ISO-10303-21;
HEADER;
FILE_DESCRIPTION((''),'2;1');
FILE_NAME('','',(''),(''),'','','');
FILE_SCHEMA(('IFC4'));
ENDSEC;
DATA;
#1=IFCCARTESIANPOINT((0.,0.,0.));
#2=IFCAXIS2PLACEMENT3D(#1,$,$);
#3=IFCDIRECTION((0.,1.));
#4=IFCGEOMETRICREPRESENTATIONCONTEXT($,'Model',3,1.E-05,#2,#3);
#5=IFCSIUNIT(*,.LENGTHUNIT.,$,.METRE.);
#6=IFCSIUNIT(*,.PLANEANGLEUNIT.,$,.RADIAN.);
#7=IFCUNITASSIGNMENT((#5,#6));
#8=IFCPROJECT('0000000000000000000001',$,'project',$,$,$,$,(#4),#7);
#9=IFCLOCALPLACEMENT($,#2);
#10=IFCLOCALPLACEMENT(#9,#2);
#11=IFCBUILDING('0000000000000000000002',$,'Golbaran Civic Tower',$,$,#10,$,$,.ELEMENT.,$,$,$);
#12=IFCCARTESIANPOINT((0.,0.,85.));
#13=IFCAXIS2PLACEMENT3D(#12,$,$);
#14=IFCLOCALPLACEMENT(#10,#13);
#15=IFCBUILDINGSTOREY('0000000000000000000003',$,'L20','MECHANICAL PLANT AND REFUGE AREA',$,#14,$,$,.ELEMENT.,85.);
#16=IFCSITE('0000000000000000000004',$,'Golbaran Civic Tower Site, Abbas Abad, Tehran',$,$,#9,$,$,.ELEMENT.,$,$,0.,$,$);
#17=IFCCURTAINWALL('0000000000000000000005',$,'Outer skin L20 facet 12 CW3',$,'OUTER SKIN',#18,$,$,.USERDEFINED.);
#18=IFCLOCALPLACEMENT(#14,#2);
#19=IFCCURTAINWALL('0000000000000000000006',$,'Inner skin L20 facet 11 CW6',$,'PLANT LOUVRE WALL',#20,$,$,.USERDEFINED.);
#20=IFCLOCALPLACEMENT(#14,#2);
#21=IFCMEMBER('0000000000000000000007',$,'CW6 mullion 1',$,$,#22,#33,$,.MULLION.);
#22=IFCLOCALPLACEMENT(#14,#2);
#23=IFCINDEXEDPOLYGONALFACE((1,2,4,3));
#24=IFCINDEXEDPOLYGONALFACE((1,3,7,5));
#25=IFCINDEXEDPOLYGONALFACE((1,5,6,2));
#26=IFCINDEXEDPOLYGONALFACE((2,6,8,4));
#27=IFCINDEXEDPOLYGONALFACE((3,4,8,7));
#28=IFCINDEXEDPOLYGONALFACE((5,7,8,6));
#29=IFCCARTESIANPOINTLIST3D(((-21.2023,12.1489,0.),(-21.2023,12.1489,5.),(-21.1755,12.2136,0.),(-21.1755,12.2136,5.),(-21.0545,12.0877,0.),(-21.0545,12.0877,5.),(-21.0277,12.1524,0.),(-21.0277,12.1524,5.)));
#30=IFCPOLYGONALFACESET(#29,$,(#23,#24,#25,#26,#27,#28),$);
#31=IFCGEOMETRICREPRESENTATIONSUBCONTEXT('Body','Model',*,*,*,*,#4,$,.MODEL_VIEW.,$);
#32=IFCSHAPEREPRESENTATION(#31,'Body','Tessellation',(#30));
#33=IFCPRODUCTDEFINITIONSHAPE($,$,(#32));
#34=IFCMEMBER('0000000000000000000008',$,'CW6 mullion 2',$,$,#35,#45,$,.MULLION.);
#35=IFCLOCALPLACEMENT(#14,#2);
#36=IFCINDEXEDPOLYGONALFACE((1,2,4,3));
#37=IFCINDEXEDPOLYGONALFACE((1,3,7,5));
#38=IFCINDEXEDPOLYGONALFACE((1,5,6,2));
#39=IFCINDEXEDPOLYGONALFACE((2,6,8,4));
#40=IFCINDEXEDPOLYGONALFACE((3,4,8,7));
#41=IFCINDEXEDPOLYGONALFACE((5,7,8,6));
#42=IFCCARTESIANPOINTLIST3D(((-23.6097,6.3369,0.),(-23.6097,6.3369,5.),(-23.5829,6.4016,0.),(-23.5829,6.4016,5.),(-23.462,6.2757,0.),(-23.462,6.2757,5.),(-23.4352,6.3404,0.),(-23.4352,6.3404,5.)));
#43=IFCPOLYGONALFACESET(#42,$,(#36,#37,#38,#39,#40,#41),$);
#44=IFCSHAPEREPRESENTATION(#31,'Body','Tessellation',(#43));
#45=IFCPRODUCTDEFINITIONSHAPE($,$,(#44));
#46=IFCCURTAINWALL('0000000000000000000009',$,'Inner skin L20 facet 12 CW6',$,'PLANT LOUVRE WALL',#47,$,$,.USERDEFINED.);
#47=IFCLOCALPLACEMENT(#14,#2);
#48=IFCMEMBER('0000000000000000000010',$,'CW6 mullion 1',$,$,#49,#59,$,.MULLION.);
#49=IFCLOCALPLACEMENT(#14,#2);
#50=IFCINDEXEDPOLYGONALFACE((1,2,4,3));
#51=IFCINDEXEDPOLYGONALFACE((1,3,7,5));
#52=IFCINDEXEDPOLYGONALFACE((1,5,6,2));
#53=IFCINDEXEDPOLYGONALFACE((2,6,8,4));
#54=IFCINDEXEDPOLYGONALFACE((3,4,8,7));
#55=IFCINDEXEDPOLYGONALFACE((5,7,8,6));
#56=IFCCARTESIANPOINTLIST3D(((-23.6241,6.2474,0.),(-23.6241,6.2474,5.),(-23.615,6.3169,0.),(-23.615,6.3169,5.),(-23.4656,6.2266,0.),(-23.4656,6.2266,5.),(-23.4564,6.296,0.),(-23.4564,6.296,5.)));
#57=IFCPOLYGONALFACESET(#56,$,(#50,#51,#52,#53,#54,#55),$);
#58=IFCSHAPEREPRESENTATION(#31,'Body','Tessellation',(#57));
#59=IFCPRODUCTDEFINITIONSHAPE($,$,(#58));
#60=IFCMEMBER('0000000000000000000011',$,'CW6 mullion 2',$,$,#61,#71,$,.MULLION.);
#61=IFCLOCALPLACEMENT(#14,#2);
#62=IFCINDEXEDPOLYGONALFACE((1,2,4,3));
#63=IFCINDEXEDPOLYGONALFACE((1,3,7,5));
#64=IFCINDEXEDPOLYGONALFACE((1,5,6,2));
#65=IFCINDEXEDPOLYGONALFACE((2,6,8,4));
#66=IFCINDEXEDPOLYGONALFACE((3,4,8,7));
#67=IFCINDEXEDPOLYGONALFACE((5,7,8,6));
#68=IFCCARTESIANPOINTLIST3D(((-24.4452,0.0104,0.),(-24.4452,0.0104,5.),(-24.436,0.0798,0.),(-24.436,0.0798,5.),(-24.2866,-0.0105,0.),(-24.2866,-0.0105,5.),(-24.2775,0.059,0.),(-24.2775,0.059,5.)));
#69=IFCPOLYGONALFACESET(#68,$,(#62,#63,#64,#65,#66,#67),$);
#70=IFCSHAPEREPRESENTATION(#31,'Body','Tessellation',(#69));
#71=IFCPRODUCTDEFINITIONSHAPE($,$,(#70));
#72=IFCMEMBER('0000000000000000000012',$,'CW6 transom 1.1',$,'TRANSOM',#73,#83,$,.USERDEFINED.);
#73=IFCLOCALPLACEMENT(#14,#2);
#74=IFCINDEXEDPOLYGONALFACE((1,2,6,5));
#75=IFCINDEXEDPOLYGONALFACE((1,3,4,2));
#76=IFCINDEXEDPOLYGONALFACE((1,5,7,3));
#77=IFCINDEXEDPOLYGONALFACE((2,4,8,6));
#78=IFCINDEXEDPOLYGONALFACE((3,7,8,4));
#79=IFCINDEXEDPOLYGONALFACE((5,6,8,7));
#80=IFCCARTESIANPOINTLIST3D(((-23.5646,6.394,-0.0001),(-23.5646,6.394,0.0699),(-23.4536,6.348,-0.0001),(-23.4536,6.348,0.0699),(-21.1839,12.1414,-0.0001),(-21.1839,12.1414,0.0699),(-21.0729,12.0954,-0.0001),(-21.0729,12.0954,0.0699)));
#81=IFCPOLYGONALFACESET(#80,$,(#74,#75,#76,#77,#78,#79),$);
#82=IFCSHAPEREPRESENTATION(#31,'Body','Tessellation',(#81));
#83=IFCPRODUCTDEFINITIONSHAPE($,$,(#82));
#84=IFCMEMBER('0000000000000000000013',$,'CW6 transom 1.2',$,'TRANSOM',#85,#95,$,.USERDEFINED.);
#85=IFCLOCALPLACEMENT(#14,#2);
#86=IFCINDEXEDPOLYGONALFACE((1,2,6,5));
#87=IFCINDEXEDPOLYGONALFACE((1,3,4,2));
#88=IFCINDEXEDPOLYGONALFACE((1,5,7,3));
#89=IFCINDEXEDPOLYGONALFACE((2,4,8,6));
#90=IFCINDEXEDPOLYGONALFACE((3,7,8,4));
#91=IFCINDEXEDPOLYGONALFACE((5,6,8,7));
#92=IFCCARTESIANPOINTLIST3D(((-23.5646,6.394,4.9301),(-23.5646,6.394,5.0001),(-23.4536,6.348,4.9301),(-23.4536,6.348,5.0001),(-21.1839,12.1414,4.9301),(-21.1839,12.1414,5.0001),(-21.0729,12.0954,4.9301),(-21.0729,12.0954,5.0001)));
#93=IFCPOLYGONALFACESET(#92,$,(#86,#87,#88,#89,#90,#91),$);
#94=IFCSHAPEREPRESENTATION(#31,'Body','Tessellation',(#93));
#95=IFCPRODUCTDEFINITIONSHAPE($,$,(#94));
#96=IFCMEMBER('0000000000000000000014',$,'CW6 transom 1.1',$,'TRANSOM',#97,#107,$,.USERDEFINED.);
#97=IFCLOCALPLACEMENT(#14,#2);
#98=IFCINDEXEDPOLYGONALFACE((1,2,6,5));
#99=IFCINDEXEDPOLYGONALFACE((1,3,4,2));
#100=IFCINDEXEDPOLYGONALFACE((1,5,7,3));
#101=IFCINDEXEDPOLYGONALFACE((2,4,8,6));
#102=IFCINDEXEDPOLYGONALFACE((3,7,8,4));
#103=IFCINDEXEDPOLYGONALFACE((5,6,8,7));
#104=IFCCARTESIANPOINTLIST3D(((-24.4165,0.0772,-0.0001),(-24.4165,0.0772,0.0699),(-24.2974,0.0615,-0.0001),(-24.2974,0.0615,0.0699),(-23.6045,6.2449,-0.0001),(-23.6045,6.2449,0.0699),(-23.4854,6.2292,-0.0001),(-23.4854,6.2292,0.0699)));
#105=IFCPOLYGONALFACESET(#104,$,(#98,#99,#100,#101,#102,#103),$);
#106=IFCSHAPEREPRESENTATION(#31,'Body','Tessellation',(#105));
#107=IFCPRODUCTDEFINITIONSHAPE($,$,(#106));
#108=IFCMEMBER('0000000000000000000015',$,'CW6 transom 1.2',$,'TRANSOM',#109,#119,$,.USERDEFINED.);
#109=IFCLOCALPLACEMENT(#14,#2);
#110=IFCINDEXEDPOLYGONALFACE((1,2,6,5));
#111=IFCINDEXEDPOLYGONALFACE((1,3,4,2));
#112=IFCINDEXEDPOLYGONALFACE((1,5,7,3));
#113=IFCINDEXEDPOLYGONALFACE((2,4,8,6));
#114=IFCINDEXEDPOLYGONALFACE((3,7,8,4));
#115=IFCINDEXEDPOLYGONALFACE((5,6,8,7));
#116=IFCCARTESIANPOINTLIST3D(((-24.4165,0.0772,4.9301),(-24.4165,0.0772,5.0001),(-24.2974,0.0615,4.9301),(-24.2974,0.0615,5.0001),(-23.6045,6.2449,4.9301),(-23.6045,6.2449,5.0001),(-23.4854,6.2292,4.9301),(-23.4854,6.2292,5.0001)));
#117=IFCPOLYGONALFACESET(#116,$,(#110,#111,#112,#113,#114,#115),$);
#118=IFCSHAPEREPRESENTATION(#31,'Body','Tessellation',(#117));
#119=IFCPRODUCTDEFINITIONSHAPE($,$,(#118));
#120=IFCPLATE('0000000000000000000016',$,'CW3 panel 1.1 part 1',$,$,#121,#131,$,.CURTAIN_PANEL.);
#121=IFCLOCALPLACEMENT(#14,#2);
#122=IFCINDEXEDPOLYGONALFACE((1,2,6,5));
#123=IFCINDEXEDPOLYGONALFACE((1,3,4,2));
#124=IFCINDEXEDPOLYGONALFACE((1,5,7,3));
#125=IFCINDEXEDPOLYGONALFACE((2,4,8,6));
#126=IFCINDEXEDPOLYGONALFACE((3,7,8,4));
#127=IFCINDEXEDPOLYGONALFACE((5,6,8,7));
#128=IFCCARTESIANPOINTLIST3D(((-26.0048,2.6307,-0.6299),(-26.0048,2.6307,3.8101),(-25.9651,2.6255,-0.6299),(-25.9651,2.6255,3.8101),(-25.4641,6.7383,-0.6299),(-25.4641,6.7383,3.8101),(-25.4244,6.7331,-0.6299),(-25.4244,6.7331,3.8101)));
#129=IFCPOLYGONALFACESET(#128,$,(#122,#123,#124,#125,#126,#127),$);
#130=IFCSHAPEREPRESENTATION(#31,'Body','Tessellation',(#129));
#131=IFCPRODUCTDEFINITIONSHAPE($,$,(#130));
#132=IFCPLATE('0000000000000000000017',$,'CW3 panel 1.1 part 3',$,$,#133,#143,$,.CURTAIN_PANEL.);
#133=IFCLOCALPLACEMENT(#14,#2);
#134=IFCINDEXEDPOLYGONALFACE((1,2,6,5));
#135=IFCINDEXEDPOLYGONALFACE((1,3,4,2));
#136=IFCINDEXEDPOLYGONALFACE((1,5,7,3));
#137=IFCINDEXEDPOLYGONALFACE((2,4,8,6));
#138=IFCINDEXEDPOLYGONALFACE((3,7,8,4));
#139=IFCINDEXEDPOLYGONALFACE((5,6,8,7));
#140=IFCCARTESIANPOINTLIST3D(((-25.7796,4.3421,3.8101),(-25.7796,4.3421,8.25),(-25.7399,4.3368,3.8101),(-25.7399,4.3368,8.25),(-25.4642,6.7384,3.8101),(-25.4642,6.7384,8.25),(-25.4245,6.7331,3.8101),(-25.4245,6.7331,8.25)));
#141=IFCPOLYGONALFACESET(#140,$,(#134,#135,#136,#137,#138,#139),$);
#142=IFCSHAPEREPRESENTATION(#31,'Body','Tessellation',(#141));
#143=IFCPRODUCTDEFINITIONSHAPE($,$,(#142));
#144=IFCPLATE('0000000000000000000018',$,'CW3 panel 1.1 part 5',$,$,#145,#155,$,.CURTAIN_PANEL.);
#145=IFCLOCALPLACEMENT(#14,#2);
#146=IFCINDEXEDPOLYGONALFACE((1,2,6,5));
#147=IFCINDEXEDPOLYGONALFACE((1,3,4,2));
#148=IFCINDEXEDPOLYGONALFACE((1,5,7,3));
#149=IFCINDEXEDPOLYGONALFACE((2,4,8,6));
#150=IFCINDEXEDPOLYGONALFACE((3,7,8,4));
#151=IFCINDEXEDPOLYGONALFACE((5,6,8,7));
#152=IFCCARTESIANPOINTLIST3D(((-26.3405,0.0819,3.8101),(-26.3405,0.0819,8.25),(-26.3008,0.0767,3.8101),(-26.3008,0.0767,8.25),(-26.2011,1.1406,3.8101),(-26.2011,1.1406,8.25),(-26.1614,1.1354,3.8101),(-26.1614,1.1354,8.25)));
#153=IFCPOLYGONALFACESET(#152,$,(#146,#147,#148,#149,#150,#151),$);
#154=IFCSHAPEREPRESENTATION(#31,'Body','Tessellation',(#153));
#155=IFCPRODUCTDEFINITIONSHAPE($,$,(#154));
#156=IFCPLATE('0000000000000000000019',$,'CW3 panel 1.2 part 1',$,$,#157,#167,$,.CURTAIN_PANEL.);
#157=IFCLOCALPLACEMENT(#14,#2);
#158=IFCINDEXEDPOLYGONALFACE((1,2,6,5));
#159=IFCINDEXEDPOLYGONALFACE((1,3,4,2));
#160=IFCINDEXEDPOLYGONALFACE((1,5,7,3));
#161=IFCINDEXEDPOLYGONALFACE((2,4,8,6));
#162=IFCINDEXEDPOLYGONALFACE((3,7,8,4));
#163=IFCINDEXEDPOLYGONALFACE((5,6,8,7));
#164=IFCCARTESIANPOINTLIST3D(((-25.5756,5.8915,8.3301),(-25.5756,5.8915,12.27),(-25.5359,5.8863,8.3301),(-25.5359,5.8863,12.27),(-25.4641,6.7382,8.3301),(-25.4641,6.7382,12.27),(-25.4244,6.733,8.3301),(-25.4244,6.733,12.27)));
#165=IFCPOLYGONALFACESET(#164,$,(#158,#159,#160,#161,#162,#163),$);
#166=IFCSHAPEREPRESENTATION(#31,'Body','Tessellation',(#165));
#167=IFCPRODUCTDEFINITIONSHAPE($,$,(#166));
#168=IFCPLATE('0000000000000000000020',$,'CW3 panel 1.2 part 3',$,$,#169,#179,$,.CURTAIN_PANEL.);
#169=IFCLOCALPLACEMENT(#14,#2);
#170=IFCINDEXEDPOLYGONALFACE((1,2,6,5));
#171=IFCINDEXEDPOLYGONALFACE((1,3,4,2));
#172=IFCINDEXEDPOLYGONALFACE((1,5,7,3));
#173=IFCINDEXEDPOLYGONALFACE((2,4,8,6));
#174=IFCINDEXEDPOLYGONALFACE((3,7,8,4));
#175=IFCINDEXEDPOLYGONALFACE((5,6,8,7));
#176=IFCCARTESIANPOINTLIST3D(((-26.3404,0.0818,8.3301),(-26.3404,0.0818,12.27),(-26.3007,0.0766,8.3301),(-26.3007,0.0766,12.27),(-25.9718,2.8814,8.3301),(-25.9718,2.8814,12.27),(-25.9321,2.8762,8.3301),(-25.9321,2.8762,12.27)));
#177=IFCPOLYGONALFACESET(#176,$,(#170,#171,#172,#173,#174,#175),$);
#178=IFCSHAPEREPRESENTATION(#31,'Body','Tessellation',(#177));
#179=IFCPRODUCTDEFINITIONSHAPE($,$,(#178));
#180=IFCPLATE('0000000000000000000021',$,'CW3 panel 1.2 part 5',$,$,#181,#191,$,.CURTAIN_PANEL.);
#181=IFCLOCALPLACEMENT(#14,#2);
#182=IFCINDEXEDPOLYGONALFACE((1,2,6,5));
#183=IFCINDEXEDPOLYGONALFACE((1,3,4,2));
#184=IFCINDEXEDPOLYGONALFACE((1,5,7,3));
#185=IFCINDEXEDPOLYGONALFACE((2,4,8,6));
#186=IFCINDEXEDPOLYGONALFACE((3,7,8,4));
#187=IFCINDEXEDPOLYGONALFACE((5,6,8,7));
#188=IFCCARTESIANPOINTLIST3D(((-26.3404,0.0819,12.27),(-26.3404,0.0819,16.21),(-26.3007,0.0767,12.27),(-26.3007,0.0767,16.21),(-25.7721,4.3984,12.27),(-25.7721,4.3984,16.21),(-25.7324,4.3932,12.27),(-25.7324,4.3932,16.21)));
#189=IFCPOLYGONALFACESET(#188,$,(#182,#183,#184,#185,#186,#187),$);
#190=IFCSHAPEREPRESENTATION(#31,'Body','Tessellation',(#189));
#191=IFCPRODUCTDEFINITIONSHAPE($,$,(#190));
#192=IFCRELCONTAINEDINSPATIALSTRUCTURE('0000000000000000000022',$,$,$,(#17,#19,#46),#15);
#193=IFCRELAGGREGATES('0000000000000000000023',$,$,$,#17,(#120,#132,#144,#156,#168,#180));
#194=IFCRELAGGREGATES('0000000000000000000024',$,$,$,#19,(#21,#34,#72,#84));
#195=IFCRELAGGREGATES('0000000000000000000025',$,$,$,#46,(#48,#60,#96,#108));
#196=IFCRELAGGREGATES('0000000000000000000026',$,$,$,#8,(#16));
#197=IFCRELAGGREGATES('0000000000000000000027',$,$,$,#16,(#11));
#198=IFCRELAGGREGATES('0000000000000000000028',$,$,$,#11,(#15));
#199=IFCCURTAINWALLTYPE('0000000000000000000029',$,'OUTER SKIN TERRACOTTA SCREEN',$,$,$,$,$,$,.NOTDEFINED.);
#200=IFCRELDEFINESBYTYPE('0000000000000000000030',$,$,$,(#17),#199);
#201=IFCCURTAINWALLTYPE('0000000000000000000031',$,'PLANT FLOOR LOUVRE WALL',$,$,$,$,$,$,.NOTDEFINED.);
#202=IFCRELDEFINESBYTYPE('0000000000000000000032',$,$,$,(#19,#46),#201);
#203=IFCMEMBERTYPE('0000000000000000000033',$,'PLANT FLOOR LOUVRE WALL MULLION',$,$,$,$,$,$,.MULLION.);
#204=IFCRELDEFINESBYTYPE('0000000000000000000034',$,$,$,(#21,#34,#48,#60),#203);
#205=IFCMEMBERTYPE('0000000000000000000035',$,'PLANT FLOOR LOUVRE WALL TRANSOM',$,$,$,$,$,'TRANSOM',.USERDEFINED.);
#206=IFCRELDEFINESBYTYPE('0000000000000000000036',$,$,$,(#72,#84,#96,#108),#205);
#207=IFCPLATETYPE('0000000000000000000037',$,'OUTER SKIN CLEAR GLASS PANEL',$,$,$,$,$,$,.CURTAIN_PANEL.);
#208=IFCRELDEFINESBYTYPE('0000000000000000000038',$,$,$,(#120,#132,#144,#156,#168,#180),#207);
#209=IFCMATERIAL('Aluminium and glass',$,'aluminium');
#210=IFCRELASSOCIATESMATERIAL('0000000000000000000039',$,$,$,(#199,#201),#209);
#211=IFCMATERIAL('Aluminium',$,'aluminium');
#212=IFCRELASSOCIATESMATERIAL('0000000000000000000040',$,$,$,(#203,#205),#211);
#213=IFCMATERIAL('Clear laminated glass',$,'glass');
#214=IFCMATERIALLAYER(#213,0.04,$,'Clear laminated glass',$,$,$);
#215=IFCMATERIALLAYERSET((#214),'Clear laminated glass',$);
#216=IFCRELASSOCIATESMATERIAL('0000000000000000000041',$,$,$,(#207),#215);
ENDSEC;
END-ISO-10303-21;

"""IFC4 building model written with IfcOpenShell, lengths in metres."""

from ifc_helpers import new_model, si_unit, direction, frame, origin, origin_2d, place, context, subcontext, project, spatial, rectangle, extrude, material, layer, layer_set, material_profile, profile_set, type_object, element, aggregate, save


model = new_model("IFC4")

# Units and contexts
model_context = context("Model", 3, precision=1e-05, world=origin(), true_north=direction((0.0, 1.0)))
body_context = subcontext(model_context, "Body", "Model", "MODEL_VIEW")
ifc_project = project(units=[si_unit("LENGTHUNIT", "METRE"), si_unit("PLANEANGLEUNIT", "RADIAN")], contexts=[model_context])

# Site, building, storey
site_placement = place(None, origin())
site = spatial("IfcSite", under=ifc_project, at=site_placement, Name="Golbaran Civic Tower Site, Abbas Abad, Tehran", CompositionType="ELEMENT", RefElevation=0.0)
building_placement = place(site_placement, origin())
building = spatial("IfcBuilding", under=site, at=building_placement, Name="Golbaran Civic Tower", CompositionType="ELEMENT")
storey_placement = place(building_placement, frame((0.0, 0.0, 85.0)))
storey = spatial("IfcBuildingStorey", under=building, at=storey_placement, Name="L20", Description="MECHANICAL PLANT AND REFUGE AREA", CompositionType="ELEMENT", Elevation=85.0)

# Shared definitions
ifc_material_1 = material(Name="Aluminium and glass", Category="aluminium")
curtain_wall_type_1 = type_object("IfcCurtainWallType", Name="OUTER SKIN TERRACOTTA SCREEN", PredefinedType="NOTDEFINED", material=ifc_material_1)
ifc_material_2 = material(Name="Aluminium", Category="aluminium")

# Curtain wall
curtain_wall_1_placement = place(storey_placement, origin())
curtain_wall_1 = element("IfcCurtainWall", 1, at=curtain_wall_1_placement, inside=storey, type_object=curtain_wall_type_1, Name="Outer skin L20 facet 12 CW3", ObjectType="OUTER SKIN", PredefinedType="USERDEFINED")

# Shared definitions
curtain_wall_type_2 = type_object("IfcCurtainWallType", Name="PLANT FLOOR LOUVRE WALL", PredefinedType="NOTDEFINED", material=ifc_material_1)
ifc_material_profile_1 = material_profile(ifc_material_2, rectangle(XDim=0.1599, YDim=0.0701, at=origin_2d()), Name="PLANT FLOOR LOUVRE WALL MULLION")
ifc_profile_set_1 = profile_set([ifc_material_profile_1], Name="Aluminium")
member_type_1 = type_object("IfcMemberType", Name="PLANT FLOOR LOUVRE WALL MULLION", PredefinedType="MULLION", material=ifc_profile_set_1)

# Curtain walls, members
curtain_wall_2_placement = place(storey_placement, origin())
curtain_wall_2 = element("IfcCurtainWall", 2, at=curtain_wall_2_placement, inside=storey, type_object=curtain_wall_type_2, Name="Inner skin L20 facet 11 CW6", ObjectType="PLANT LOUVRE WALL", PredefinedType="USERDEFINED")
member_1_placement = place(storey_placement, frame((-21.115, 12.1506, 0.0), z_axis=(0.0, 0.0, 1.0), x_axis=(0.92388, -0.382683, 0.0)))
member_1 = element("IfcMember", 3, at=member_1_placement, type_object=member_type_1, Name="CW6 mullion 1", PredefinedType="MULLION", context=body_context, shape_type="SweptSolid", body=[
    extrude(rectangle(XDim=0.1599, YDim=0.0701, at=origin_2d()), origin(), (0.0, 0.0, 1.0), 5.0),
])
member_2_placement = place(storey_placement, frame((-23.5225, 6.3386, 0.0), z_axis=(0.0, 0.0, 1.0), x_axis=(0.92388, -0.382683, 0.0)))
member_2 = element("IfcMember", 4, at=member_2_placement, type_object=member_type_1, Name="CW6 mullion 2", PredefinedType="MULLION", context=body_context, shape_type="SweptSolid", body=[
    extrude(rectangle(XDim=0.1599, YDim=0.0701, at=origin_2d()), origin(), (0.0, 0.0, 1.0), 5.0),
])
curtain_wall_3_placement = place(storey_placement, origin())
curtain_wall_3 = element("IfcCurtainWall", 5, at=curtain_wall_3_placement, inside=storey, type_object=curtain_wall_type_2, Name="Inner skin L20 facet 12 CW6", ObjectType="PLANT LOUVRE WALL", PredefinedType="USERDEFINED")
member_3_placement = place(storey_placement, frame((-23.5403, 6.2717, 0.0), z_axis=(0.0, 0.0, 1.0), x_axis=(0.991445, -0.130526, 0.0)))
member_3 = element("IfcMember", 6, at=member_3_placement, type_object=member_type_1, Name="CW6 mullion 1", PredefinedType="MULLION", context=body_context, shape_type="SweptSolid", body=[
    extrude(rectangle(XDim=0.1599, YDim=0.0701, at=origin_2d()), origin(), (0.0, 0.0, 1.0), 5.0),
])
member_4_placement = place(storey_placement, frame((-24.3613, 0.0347, 0.0), z_axis=(0.0, 0.0, 1.0), x_axis=(0.991445, -0.130526, 0.0)))
member_4 = element("IfcMember", 7, at=member_4_placement, type_object=member_type_1, Name="CW6 mullion 2", PredefinedType="MULLION", context=body_context, shape_type="SweptSolid", body=[
    extrude(rectangle(XDim=0.1599, YDim=0.0701, at=origin_2d()), origin(), (0.0, 0.0, 1.0), 5.0),
])

# Members
ifc_material_profile_2 = material_profile(ifc_material_2, rectangle(XDim=0.1201, YDim=0.0701, at=origin_2d()), Name="PLANT FLOOR LOUVRE WALL TRANSOM")
ifc_profile_set_2 = profile_set([ifc_material_profile_2], Name="Aluminium")
member_type_2 = type_object("IfcMemberType", Name="PLANT FLOOR LOUVRE WALL TRANSOM", ElementType="TRANSOM", PredefinedType="USERDEFINED", material=ifc_profile_set_2)
member_5_placement = place(storey_placement, frame((-21.1284, 12.1184, 0.0349), z_axis=(-0.382683, -0.92388, 0.0), x_axis=(0.92388, -0.382683, 0.0)))
member_5 = element("IfcMember", 8, at=member_5_placement, type_object=member_type_2, Name="CW6 transom 1.1", ObjectType="TRANSOM", PredefinedType="USERDEFINED", context=body_context, shape_type="SweptSolid", body=[
    extrude(rectangle(XDim=0.1201, YDim=0.0701, at=origin_2d()), origin(), (0.0, 0.0, 1.0), 6.2209),
])
member_6_placement = place(storey_placement, frame((-21.1284, 12.1184, 4.9651), z_axis=(-0.382683, -0.92388, 0.0), x_axis=(0.92388, -0.382683, 0.0)))
member_6 = element("IfcMember", 9, at=member_6_placement, type_object=member_type_2, Name="CW6 transom 1.2", ObjectType="TRANSOM", PredefinedType="USERDEFINED", context=body_context, shape_type="SweptSolid", body=[
    extrude(rectangle(XDim=0.1201, YDim=0.0701, at=origin_2d()), origin(), (0.0, 0.0, 1.0), 6.2209),
])
member_7_placement = place(storey_placement, frame((-23.5449, 6.2371, 0.0349), z_axis=(-0.130529, -0.991445, 0.0), x_axis=(0.991445, -0.130529, 0.0)))
member_7 = element("IfcMember", 10, at=member_7_placement, type_object=member_type_2, Name="CW6 transom 1.1", ObjectType="TRANSOM", PredefinedType="USERDEFINED", context=body_context, shape_type="SweptSolid", body=[
    extrude(rectangle(XDim=0.1201, YDim=0.0701, at=origin_2d()), origin(), (0.0, 0.0, 1.0), 6.2209),
])
member_8_placement = place(storey_placement, frame((-23.5449, 6.2371, 4.9651), z_axis=(-0.130529, -0.991445, 0.0), x_axis=(0.991445, -0.130529, 0.0)))
member_8 = element("IfcMember", 11, at=member_8_placement, type_object=member_type_2, Name="CW6 transom 1.2", ObjectType="TRANSOM", PredefinedType="USERDEFINED", context=body_context, shape_type="SweptSolid", body=[
    extrude(rectangle(XDim=0.1201, YDim=0.0701, at=origin_2d()), origin(), (0.0, 0.0, 1.0), 6.2209),
])

# Plates
ifc_material_3 = material(Name="Clear laminated glass", Category="glass")
ifc_layer_1 = layer(ifc_material_3, 0.04, Name="Clear laminated glass")
ifc_layer_set_1 = layer_set([ifc_layer_1], Name="Clear laminated glass")
plate_type_1 = type_object("IfcPlateType", Name="OUTER SKIN CLEAR GLASS PANEL", PredefinedType="CURTAIN_PANEL", material=ifc_layer_set_1)
plate_1_placement = place(storey_placement, frame((-25.7146, 4.6819, -0.6299), z_axis=(0.0, 0.0, 1.0), x_axis=(-0.130526, -0.991445, 0.0)))
plate_1 = element("IfcPlate", 12, at=plate_1_placement, type_object=plate_type_1, Name="CW3 panel 1.1 part 1", PredefinedType="CURTAIN_PANEL", context=body_context, shape_type="SweptSolid", body=[
    extrude(rectangle(XDim=4.1431, YDim=0.04, at=origin_2d()), origin(), (0.0, 0.0, 1.0), 4.4399),
])
plate_2_placement = place(storey_placement, frame((-25.6021, 5.5376, 3.8101), z_axis=(0.0, 0.0, 1.0), x_axis=(-0.130526, -0.991445, 0.0)))
plate_2 = element("IfcPlate", 13, at=plate_2_placement, type_object=plate_type_1, Name="CW3 panel 1.1 part 3", PredefinedType="CURTAIN_PANEL", context=body_context, shape_type="SweptSolid", body=[
    extrude(rectangle(XDim=2.417, YDim=0.04, at=origin_2d()), origin(), (0.0, 0.0, 1.0), 4.4399),
])
plate_3_placement = place(storey_placement, frame((-26.251, 0.6086, 3.8101), z_axis=(0.0, 0.0, 1.0), x_axis=(-0.130526, -0.991445, 0.0)))
plate_3 = element("IfcPlate", 14, at=plate_3_placement, type_object=plate_type_1, Name="CW3 panel 1.1 part 5", PredefinedType="CURTAIN_PANEL", context=body_context, shape_type="SweptSolid", body=[
    extrude(rectangle(XDim=1.0679, YDim=0.04, at=origin_2d()), origin(), (0.0, 0.0, 1.0), 4.4399),
])
plate_4_placement = place(storey_placement, frame((-25.5, 6.3123, 8.3301), z_axis=(0.0, 0.0, 1.0), x_axis=(-0.130526, -0.991445, 0.0)))
plate_4 = element("IfcPlate", 15, at=plate_4_placement, type_object=plate_type_1, Name="CW3 panel 1.2 part 1", PredefinedType="CURTAIN_PANEL", context=body_context, shape_type="SweptSolid", body=[
    extrude(rectangle(XDim=0.854, YDim=0.04, at=origin_2d()), origin(), (0.0, 0.0, 1.0), 3.9399),
])
plate_5_placement = place(storey_placement, frame((-26.1362, 1.479, 8.3301), z_axis=(0.0, 0.0, 1.0), x_axis=(-0.130526, -0.991445, 0.0)))
plate_5 = element("IfcPlate", 16, at=plate_5_placement, type_object=plate_type_1, Name="CW3 panel 1.2 part 3", PredefinedType="CURTAIN_PANEL", context=body_context, shape_type="SweptSolid", body=[
    extrude(rectangle(XDim=2.8237, YDim=0.04, at=origin_2d()), origin(), (0.0, 0.0, 1.0), 3.9399),
])
plate_6_placement = place(storey_placement, frame((-26.0364, 2.2375, 12.27), z_axis=(0.0, 0.0, 1.0), x_axis=(-0.130526, -0.991445, 0.0)))
plate_6 = element("IfcPlate", 17, at=plate_6_placement, type_object=plate_type_1, Name="CW3 panel 1.2 part 5", PredefinedType="CURTAIN_PANEL", context=body_context, shape_type="SweptSolid", body=[
    extrude(rectangle(XDim=4.3538, YDim=0.04, at=origin_2d()), origin(), (0.0, 0.0, 1.0), 3.9399),
])
aggregate(curtain_wall_1, [plate_1, plate_2, plate_3, plate_4, plate_5, plate_6])
aggregate(curtain_wall_2, [member_1, member_2, member_5, member_6])
aggregate(curtain_wall_3, [member_3, member_4, member_7, member_8])

save(model, "model.ifc")
